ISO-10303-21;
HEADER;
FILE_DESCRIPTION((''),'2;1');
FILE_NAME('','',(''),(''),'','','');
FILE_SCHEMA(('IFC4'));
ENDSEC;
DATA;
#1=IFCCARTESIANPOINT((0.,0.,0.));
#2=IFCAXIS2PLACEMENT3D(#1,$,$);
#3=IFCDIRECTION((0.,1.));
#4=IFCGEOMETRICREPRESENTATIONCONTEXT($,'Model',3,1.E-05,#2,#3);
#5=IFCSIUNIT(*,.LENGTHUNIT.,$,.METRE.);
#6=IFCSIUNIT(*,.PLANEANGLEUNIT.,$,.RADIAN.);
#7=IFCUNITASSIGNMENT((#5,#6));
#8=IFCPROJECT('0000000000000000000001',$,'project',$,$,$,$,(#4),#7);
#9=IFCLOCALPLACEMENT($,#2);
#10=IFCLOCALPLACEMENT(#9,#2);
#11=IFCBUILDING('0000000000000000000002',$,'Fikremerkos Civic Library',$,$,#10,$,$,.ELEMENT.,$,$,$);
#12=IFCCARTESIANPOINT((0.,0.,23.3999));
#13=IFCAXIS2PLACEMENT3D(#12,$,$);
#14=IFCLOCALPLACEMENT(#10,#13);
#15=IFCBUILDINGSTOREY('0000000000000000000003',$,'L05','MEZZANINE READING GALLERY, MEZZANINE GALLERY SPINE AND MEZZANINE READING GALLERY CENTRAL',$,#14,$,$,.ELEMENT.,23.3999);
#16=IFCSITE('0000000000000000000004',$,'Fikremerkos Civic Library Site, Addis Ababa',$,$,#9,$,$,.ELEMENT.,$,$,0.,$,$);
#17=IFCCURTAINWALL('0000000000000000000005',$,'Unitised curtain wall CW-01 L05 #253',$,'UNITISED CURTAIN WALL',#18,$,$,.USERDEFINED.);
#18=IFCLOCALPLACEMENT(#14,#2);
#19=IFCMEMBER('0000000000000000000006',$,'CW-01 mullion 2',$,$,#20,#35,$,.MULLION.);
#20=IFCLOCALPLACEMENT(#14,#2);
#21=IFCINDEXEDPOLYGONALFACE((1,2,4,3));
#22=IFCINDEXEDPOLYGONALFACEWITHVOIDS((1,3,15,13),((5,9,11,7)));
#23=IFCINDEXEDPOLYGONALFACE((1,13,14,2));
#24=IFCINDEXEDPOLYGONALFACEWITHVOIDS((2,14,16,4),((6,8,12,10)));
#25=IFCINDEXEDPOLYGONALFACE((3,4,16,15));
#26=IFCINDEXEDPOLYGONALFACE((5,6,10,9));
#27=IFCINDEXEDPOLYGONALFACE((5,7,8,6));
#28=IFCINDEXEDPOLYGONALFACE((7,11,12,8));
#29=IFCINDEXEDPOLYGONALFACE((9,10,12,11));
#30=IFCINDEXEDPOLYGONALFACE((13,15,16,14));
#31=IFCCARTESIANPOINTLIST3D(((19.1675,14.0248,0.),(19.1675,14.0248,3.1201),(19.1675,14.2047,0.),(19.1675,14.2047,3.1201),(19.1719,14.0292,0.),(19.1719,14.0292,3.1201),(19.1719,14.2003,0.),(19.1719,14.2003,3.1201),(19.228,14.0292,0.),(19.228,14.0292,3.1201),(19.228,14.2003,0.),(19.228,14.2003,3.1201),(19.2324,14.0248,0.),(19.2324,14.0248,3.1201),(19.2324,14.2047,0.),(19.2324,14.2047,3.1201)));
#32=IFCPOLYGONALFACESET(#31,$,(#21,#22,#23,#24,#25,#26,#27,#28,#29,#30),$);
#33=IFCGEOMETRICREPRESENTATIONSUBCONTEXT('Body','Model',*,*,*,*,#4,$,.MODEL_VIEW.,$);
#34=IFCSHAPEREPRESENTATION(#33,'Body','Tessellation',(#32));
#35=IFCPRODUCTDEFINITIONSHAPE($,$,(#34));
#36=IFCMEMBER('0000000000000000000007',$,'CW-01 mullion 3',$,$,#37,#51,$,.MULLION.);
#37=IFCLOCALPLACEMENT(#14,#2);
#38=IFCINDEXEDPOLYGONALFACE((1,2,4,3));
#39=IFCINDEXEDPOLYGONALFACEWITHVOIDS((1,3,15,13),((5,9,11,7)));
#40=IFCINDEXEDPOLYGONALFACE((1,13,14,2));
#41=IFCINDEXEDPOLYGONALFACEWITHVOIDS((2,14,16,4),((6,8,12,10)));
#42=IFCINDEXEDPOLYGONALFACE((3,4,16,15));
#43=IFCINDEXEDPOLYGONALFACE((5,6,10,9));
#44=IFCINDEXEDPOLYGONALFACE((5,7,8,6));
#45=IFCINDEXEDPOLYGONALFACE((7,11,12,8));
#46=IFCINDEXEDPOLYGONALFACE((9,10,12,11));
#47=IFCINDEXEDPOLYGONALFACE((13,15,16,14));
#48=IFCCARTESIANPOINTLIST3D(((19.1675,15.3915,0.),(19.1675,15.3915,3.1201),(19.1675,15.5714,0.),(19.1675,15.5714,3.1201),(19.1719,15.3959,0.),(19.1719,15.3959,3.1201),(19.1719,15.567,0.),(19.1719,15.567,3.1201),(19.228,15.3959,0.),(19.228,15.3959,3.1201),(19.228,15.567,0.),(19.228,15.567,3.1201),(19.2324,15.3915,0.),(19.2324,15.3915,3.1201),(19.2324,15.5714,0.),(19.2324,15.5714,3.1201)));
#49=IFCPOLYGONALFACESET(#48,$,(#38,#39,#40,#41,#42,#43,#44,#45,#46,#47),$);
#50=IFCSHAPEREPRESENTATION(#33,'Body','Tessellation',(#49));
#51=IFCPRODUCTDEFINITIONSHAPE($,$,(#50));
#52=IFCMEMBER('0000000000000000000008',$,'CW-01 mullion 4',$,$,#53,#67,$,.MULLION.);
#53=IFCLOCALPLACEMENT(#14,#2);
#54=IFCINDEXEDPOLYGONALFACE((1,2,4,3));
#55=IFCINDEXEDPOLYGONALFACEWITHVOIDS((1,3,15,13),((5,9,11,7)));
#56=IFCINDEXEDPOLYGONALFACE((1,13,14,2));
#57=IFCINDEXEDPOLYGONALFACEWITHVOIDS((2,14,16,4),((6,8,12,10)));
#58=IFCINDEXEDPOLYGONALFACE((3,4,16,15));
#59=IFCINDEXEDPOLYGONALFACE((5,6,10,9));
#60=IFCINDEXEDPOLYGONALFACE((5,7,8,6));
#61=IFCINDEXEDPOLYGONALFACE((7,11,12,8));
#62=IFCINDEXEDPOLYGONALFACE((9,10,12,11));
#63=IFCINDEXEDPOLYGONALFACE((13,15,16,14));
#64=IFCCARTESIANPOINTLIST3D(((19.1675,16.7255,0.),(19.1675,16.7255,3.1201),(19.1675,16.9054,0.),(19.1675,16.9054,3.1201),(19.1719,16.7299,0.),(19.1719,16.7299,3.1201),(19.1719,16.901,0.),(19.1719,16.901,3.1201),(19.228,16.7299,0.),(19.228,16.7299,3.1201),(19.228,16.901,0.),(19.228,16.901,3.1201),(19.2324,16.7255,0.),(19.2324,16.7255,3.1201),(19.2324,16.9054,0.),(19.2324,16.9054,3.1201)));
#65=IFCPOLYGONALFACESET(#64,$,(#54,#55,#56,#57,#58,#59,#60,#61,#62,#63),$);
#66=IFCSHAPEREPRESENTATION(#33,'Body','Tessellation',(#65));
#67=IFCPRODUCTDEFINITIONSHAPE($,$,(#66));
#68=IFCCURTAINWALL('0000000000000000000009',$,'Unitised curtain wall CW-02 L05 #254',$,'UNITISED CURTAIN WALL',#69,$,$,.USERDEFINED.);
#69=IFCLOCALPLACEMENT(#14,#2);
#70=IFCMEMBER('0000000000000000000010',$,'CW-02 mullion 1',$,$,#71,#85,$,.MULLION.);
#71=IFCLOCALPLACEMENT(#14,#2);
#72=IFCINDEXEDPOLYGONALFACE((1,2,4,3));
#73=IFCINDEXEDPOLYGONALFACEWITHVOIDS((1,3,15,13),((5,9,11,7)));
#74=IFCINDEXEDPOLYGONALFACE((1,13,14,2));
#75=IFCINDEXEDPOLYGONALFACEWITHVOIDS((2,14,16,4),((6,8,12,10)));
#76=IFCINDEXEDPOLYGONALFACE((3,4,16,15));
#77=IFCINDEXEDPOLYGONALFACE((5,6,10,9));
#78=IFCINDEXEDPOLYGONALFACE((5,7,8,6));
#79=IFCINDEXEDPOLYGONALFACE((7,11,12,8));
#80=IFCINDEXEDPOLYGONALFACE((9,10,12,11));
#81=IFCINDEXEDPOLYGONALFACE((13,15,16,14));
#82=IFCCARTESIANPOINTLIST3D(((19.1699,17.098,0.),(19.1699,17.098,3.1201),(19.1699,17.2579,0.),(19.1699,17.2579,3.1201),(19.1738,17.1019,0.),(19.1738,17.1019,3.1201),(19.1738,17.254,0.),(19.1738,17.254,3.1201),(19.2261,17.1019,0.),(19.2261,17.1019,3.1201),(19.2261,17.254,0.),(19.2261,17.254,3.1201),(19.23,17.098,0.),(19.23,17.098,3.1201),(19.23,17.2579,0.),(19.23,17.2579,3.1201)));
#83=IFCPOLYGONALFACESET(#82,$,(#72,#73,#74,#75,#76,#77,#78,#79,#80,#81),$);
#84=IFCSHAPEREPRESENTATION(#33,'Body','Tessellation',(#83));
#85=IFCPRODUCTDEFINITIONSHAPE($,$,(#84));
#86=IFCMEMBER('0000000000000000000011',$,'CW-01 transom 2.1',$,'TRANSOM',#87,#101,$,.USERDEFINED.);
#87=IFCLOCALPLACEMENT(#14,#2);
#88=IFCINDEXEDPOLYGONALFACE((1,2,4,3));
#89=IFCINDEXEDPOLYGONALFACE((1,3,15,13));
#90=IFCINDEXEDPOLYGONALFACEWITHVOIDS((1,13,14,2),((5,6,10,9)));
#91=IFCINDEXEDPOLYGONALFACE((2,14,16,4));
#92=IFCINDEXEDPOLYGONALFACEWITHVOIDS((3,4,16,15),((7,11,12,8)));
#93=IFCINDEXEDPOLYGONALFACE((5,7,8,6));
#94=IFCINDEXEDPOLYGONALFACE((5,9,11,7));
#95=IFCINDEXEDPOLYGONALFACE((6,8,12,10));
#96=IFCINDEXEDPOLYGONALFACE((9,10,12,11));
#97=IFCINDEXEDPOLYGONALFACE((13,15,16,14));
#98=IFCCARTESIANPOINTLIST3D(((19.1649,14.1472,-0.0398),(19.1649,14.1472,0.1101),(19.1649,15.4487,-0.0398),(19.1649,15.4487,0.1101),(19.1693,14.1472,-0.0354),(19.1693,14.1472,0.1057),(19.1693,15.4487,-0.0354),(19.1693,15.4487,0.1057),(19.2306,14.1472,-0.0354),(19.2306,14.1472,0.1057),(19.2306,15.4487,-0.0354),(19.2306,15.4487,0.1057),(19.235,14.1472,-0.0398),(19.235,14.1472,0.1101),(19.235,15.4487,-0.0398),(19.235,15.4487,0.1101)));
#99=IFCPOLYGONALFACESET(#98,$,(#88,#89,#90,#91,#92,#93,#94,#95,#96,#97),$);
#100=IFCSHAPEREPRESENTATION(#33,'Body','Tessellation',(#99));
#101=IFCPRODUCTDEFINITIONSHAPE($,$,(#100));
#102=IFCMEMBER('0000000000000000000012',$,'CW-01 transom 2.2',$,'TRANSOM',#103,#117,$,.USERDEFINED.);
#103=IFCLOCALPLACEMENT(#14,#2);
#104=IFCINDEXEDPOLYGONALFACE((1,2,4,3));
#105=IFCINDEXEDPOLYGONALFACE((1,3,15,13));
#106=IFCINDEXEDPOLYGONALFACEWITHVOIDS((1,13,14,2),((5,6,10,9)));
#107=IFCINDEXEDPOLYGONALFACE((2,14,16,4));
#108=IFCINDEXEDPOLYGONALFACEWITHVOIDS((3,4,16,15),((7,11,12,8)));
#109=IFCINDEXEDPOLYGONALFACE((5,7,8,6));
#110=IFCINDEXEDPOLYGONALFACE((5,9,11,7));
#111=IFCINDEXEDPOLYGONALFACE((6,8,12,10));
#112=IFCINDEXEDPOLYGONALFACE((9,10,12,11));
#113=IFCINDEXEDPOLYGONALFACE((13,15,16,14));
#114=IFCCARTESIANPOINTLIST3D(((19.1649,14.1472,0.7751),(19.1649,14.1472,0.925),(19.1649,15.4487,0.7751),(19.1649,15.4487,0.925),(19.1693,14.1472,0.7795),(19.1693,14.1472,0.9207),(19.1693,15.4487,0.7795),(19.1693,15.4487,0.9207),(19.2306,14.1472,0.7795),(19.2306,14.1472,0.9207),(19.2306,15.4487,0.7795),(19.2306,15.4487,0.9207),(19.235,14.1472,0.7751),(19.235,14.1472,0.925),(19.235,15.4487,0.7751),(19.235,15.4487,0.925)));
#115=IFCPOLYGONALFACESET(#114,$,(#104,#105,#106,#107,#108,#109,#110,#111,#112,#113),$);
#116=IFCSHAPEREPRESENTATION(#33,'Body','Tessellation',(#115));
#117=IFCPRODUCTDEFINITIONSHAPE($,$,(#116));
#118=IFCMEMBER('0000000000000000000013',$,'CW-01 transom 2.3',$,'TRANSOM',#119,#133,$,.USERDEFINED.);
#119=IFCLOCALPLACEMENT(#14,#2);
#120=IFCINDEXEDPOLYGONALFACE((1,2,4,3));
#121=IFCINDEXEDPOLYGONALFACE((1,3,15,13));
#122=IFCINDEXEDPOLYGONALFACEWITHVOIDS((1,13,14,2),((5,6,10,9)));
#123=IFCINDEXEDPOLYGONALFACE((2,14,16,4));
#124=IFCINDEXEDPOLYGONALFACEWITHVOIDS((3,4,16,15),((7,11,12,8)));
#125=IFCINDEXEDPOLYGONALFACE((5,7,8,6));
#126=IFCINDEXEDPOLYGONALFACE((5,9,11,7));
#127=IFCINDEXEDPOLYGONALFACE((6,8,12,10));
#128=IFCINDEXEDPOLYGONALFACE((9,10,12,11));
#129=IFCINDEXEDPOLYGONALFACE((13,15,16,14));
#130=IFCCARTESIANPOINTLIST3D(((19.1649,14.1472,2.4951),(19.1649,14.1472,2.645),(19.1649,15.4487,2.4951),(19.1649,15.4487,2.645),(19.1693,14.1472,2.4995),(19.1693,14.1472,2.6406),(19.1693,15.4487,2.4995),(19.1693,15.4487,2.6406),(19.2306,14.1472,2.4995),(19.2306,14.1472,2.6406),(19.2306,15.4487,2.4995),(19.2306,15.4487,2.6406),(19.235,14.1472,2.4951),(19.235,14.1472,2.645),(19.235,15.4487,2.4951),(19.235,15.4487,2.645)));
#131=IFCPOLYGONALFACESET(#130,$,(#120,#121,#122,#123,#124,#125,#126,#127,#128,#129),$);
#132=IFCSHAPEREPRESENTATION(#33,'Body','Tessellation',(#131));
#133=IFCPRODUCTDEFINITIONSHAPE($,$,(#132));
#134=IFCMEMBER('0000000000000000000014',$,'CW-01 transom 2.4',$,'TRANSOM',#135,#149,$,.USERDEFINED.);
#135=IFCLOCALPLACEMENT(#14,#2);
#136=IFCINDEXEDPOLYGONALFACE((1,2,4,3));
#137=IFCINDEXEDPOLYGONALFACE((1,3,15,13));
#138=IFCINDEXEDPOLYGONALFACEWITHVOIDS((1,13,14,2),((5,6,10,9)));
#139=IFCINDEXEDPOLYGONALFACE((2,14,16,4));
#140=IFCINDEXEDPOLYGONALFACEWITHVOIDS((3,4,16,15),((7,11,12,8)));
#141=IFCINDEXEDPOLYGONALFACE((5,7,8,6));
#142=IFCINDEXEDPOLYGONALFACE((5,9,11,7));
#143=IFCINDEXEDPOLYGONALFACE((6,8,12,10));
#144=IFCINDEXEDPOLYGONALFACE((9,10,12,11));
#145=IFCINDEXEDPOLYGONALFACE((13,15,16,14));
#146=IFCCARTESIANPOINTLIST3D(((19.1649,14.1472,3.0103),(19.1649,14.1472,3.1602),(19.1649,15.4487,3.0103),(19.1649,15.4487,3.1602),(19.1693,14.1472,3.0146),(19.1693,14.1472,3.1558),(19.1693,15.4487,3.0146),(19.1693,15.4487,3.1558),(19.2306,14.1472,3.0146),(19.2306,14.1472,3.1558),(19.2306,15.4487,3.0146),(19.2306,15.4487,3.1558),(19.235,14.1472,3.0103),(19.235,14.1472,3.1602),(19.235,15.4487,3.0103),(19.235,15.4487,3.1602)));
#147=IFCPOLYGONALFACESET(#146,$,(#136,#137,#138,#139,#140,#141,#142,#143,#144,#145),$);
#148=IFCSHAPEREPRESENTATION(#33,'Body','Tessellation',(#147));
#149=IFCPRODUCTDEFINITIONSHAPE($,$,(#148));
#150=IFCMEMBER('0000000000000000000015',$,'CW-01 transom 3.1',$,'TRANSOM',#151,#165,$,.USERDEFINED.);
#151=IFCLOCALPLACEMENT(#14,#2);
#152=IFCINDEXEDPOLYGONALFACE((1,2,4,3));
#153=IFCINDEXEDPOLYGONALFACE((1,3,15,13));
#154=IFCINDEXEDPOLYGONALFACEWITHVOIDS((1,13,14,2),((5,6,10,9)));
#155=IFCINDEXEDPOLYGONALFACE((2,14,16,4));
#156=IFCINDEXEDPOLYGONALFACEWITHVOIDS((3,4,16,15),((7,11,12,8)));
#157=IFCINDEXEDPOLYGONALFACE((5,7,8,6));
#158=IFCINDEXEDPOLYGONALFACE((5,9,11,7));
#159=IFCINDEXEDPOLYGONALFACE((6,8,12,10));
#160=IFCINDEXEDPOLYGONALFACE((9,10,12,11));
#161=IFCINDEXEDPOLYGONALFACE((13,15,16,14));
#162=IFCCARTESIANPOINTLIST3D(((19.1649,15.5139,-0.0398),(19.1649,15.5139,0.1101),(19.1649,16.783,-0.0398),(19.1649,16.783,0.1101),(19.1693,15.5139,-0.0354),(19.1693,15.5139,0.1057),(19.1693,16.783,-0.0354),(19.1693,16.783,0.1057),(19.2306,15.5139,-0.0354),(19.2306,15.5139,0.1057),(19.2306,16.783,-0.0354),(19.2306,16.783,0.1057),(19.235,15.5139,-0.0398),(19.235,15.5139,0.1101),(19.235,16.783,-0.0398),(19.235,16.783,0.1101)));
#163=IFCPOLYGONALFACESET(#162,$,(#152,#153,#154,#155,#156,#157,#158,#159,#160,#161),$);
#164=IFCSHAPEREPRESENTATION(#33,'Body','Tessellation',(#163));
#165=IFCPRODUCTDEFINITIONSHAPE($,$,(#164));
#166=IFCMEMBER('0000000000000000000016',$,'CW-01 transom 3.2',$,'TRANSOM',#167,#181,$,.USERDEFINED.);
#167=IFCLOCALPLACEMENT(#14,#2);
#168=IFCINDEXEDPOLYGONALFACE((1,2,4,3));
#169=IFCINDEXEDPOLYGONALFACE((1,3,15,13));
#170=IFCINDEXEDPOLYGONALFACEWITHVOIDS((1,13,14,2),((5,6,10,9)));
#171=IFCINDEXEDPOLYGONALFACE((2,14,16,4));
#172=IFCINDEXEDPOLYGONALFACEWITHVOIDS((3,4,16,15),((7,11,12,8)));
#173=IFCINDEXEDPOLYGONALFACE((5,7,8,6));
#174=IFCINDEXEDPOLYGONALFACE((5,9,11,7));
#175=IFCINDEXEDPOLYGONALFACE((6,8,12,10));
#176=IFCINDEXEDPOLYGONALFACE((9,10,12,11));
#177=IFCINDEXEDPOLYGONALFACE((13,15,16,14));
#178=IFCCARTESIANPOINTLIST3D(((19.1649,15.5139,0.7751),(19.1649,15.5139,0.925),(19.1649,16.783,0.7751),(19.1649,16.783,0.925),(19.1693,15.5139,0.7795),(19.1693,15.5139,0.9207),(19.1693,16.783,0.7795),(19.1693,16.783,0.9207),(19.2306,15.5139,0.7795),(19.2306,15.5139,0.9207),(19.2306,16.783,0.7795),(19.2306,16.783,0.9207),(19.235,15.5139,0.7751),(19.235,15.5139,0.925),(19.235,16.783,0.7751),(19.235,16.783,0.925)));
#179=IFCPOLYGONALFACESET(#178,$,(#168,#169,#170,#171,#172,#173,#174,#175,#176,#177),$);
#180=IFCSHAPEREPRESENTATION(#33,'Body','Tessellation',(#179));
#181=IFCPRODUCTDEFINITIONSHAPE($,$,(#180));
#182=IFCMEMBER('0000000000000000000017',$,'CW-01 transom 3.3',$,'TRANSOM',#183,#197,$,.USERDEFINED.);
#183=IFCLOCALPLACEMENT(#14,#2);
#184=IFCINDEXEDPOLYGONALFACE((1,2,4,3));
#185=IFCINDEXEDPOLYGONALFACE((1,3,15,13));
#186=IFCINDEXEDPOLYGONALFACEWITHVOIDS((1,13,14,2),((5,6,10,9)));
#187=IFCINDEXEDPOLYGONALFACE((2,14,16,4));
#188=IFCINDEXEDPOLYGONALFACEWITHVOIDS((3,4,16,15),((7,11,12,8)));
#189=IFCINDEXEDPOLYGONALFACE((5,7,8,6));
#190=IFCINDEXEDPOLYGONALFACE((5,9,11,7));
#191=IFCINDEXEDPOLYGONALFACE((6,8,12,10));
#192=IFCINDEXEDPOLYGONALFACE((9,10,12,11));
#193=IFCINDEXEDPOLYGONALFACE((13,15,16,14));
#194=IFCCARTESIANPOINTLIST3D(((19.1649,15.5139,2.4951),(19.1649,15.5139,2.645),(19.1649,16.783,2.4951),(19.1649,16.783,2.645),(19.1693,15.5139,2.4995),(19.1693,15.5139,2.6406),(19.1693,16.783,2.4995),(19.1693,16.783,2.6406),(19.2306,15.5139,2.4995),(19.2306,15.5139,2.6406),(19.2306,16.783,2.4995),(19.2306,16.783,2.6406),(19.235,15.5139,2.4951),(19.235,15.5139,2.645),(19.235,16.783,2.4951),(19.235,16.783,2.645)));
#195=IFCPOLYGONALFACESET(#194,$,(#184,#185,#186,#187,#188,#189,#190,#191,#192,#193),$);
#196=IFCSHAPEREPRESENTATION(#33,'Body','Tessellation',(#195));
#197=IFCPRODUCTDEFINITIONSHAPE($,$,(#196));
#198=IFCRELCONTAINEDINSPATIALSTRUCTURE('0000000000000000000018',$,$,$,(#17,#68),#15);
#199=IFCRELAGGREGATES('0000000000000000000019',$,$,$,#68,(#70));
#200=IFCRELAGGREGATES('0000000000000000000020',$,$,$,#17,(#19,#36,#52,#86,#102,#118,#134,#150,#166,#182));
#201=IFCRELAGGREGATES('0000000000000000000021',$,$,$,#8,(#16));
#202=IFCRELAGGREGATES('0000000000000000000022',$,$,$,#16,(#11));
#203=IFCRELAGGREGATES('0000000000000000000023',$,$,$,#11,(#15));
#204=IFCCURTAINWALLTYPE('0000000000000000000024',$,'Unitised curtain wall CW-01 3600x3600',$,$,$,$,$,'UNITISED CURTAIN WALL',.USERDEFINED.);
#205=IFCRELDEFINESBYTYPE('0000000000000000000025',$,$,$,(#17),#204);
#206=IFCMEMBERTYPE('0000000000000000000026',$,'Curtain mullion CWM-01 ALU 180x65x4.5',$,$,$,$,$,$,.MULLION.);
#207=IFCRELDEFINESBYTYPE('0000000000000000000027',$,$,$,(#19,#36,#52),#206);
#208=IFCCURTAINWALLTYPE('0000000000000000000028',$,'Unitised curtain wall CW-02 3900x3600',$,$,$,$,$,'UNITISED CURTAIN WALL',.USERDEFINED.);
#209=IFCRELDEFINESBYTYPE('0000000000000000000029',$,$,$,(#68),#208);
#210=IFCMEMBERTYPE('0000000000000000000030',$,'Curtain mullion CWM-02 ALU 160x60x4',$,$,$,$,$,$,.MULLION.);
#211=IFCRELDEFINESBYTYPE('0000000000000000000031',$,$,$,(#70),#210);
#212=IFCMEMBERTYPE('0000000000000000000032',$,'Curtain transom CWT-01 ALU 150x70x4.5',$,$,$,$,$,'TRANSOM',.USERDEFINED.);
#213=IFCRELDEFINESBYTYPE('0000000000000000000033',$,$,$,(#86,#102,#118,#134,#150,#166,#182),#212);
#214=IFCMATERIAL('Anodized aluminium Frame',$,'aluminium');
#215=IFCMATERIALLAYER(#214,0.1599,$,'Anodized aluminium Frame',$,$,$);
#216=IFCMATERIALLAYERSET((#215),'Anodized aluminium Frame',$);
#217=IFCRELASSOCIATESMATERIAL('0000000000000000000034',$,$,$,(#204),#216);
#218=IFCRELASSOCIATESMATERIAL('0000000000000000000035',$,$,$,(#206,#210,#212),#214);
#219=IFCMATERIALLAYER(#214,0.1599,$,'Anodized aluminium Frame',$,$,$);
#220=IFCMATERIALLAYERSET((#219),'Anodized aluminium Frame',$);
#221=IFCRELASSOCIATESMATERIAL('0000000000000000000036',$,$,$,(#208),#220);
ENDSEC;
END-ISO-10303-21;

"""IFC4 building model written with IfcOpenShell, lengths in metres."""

from ifc_helpers import new_model, si_unit, direction, frame, origin, origin_2d, place, context, subcontext, project, spatial, hollow_rectangle, extrude, material, layer, layer_set, material_profile, profile_set, type_object, element, aggregate, save


model = new_model("IFC4")

# Units and contexts
model_context = context("Model", 3, precision=1e-05, world=origin(), true_north=direction((0.0, 1.0)))
body_context = subcontext(model_context, "Body", "Model", "MODEL_VIEW")
ifc_project = project(units=[si_unit("LENGTHUNIT", "METRE"), si_unit("PLANEANGLEUNIT", "RADIAN")], contexts=[model_context])

# Site, building, storey
site_placement = place(None, origin())
site = spatial("IfcSite", under=ifc_project, at=site_placement, Name="Fikremerkos Civic Library Site, Addis Ababa", CompositionType="ELEMENT", RefElevation=0.0)
building_placement = place(site_placement, origin())
building = spatial("IfcBuilding", under=site, at=building_placement, Name="Fikremerkos Civic Library", CompositionType="ELEMENT")
storey_placement = place(building_placement, frame((0.0, 0.0, 23.3999)))
storey = spatial("IfcBuildingStorey", under=building, at=storey_placement, Name="L05", Description="MEZZANINE READING GALLERY, MEZZANINE GALLERY SPINE AND MEZZANINE READING GALLERY CENTRAL", CompositionType="ELEMENT", Elevation=23.3999)

# Curtain wall, members
ifc_material_1 = material(Name="Anodized aluminium Frame", Category="aluminium")
ifc_layer_1 = layer(ifc_material_1, 0.1599, Name="Anodized aluminium Frame")
ifc_layer_set_1 = layer_set([ifc_layer_1], Name="Anodized aluminium Frame")
curtain_wall_type_1 = type_object("IfcCurtainWallType", Name="Unitised curtain wall CW-01 3600x3600", ElementType="UNITISED CURTAIN WALL", PredefinedType="USERDEFINED", material=ifc_layer_set_1)
curtain_wall_1_placement = place(storey_placement, origin())
curtain_wall_1 = element("IfcCurtainWall", 1, at=curtain_wall_1_placement, inside=storey, type_object=curtain_wall_type_1, Name="Unitised curtain wall CW-01 L05 #253", ObjectType="UNITISED CURTAIN WALL", PredefinedType="USERDEFINED")
ifc_material_profile_1 = material_profile(ifc_material_1, hollow_rectangle(XDim=0.0649, YDim=0.1799, WallThickness=0.0044, at=origin_2d()), Name="ALU 180x65x4.5")
ifc_profile_set_1 = profile_set([ifc_material_profile_1], Name="Anodized aluminium Frame")
member_type_1 = type_object("IfcMemberType", Name="Curtain mullion CWM-01 ALU 180x65x4.5", PredefinedType="MULLION", material=ifc_profile_set_1)
member_1_placement = place(storey_placement, frame((19.2, 14.1147, 0.0), z_axis=(0.0, 0.0, 1.0), x_axis=(-1.0, 0.0, 0.0)))
member_1 = element("IfcMember", 2, at=member_1_placement, type_object=member_type_1, Name="CW-01 mullion 2", PredefinedType="MULLION", context=body_context, shape_type="SweptSolid", body=[
    extrude(hollow_rectangle(XDim=0.0649, YDim=0.1799, WallThickness=0.0044, at=origin_2d()), origin(), (0.0, 0.0, 1.0), 3.1201),
])
member_2_placement = place(storey_placement, frame((19.2, 15.4814, 0.0), z_axis=(0.0, 0.0, 1.0), x_axis=(-1.0, 0.0, 0.0)))
member_2 = element("IfcMember", 3, at=member_2_placement, type_object=member_type_1, Name="CW-01 mullion 3", PredefinedType="MULLION", context=body_context, shape_type="SweptSolid", body=[
    extrude(hollow_rectangle(XDim=0.0649, YDim=0.1799, WallThickness=0.0044, at=origin_2d()), origin(), (0.0, 0.0, 1.0), 3.1201),
])
member_3_placement = place(storey_placement, frame((19.2, 16.8154, 0.0), z_axis=(0.0, 0.0, 1.0), x_axis=(-1.0, 0.0, 0.0)))
member_3 = element("IfcMember", 4, at=member_3_placement, type_object=member_type_1, Name="CW-01 mullion 4", PredefinedType="MULLION", context=body_context, shape_type="SweptSolid", body=[
    extrude(hollow_rectangle(XDim=0.0649, YDim=0.1799, WallThickness=0.0044, at=origin_2d()), origin(), (0.0, 0.0, 1.0), 3.1201),
])

# Curtain wall, member
ifc_layer_2 = layer(ifc_material_1, 0.1599, Name="Anodized aluminium Frame")
ifc_layer_set_2 = layer_set([ifc_layer_2], Name="Anodized aluminium Frame")
curtain_wall_type_2 = type_object("IfcCurtainWallType", Name="Unitised curtain wall CW-02 3900x3600", ElementType="UNITISED CURTAIN WALL", PredefinedType="USERDEFINED", material=ifc_layer_set_2)
curtain_wall_2_placement = place(storey_placement, origin())
curtain_wall_2 = element("IfcCurtainWall", 5, at=curtain_wall_2_placement, inside=storey, type_object=curtain_wall_type_2, Name="Unitised curtain wall CW-02 L05 #254", ObjectType="UNITISED CURTAIN WALL", PredefinedType="USERDEFINED")
ifc_material_profile_2 = material_profile(ifc_material_1, hollow_rectangle(XDim=0.0601, YDim=0.1599, WallThickness=0.0039, at=origin_2d()), Name="ALU 160x60x4")
ifc_profile_set_2 = profile_set([ifc_material_profile_2], Name="Anodized aluminium Frame")
member_type_2 = type_object("IfcMemberType", Name="Curtain mullion CWM-02 ALU 160x60x4", PredefinedType="MULLION", material=ifc_profile_set_2)
member_4_placement = place(storey_placement, frame((19.2, 17.178, 0.0), z_axis=(0.0, 0.0, 1.0), x_axis=(-1.0, 0.0, 0.0)))
member_4 = element("IfcMember", 6, at=member_4_placement, type_object=member_type_2, Name="CW-02 mullion 1", PredefinedType="MULLION", context=body_context, shape_type="SweptSolid", body=[
    extrude(hollow_rectangle(XDim=0.0601, YDim=0.1599, WallThickness=0.0039, at=origin_2d()), origin(), (0.0, 0.0, 1.0), 3.1201),
])

# Members
ifc_material_profile_3 = material_profile(ifc_material_1, hollow_rectangle(XDim=0.0701, YDim=0.1499, WallThickness=0.0044, at=origin_2d()), Name="ALU 150x70x4.5")
ifc_profile_set_3 = profile_set([ifc_material_profile_3], Name="Anodized aluminium Frame")
member_type_3 = type_object("IfcMemberType", Name="Curtain transom CWT-01 ALU 150x70x4.5", ElementType="TRANSOM", PredefinedType="USERDEFINED", material=ifc_profile_set_3)
member_5_placement = place(storey_placement, frame((19.2, 14.1472, 0.0352), z_axis=(0.0, 1.0, 0.0), x_axis=(-1.0, 0.0, 0.0)))
member_5 = element("IfcMember", 7, at=member_5_placement, type_object=member_type_3, Name="CW-01 transom 2.1", ObjectType="TRANSOM", PredefinedType="USERDEFINED", context=body_context, shape_type="SweptSolid", body=[
    extrude(hollow_rectangle(XDim=0.0701, YDim=0.1499, WallThickness=0.0044, at=origin_2d()), origin(), (0.0, 0.0, 1.0), 1.3015),
])
member_6_placement = place(storey_placement, frame((19.2, 14.1472, 0.8501), z_axis=(0.0, 1.0, 0.0), x_axis=(-1.0, 0.0, 0.0)))
member_6 = element("IfcMember", 8, at=member_6_placement, type_object=member_type_3, Name="CW-01 transom 2.2", ObjectType="TRANSOM", PredefinedType="USERDEFINED", context=body_context, shape_type="SweptSolid", body=[
    extrude(hollow_rectangle(XDim=0.0701, YDim=0.1499, WallThickness=0.0044, at=origin_2d()), origin(), (0.0, 0.0, 1.0), 1.3015),
])
member_7_placement = place(storey_placement, frame((19.2, 14.1472, 2.5701), z_axis=(0.0, 1.0, 0.0), x_axis=(-1.0, 0.0, 0.0)))
member_7 = element("IfcMember", 9, at=member_7_placement, type_object=member_type_3, Name="CW-01 transom 2.3", ObjectType="TRANSOM", PredefinedType="USERDEFINED", context=body_context, shape_type="SweptSolid", body=[
    extrude(hollow_rectangle(XDim=0.0701, YDim=0.1499, WallThickness=0.0044, at=origin_2d()), origin(), (0.0, 0.0, 1.0), 1.3015),
])
member_8_placement = place(storey_placement, frame((19.2, 14.1472, 3.0852), z_axis=(0.0, 1.0, 0.0), x_axis=(-1.0, 0.0, 0.0)))
member_8 = element("IfcMember", 10, at=member_8_placement, type_object=member_type_3, Name="CW-01 transom 2.4", ObjectType="TRANSOM", PredefinedType="USERDEFINED", context=body_context, shape_type="SweptSolid", body=[
    extrude(hollow_rectangle(XDim=0.0701, YDim=0.1499, WallThickness=0.0044, at=origin_2d()), origin(), (0.0, 0.0, 1.0), 1.3015),
])
member_9_placement = place(storey_placement, frame((19.2, 15.5139, 0.0352), z_axis=(0.0, 1.0, 0.0), x_axis=(-1.0, 0.0, 0.0)))
member_9 = element("IfcMember", 11, at=member_9_placement, type_object=member_type_3, Name="CW-01 transom 3.1", ObjectType="TRANSOM", PredefinedType="USERDEFINED", context=body_context, shape_type="SweptSolid", body=[
    extrude(hollow_rectangle(XDim=0.0701, YDim=0.1499, WallThickness=0.0044, at=origin_2d()), origin(), (0.0, 0.0, 1.0), 1.269),
])
member_10_placement = place(storey_placement, frame((19.2, 15.5139, 0.8501), z_axis=(0.0, 1.0, 0.0), x_axis=(-1.0, 0.0, 0.0)))
member_10 = element("IfcMember", 12, at=member_10_placement, type_object=member_type_3, Name="CW-01 transom 3.2", ObjectType="TRANSOM", PredefinedType="USERDEFINED", context=body_context, shape_type="SweptSolid", body=[
    extrude(hollow_rectangle(XDim=0.0701, YDim=0.1499, WallThickness=0.0044, at=origin_2d()), origin(), (0.0, 0.0, 1.0), 1.269),
])
member_11_placement = place(storey_placement, frame((19.2, 15.5139, 2.5701), z_axis=(0.0, 1.0, 0.0), x_axis=(-1.0, 0.0, 0.0)))
member_11 = element("IfcMember", 13, at=member_11_placement, type_object=member_type_3, Name="CW-01 transom 3.3", ObjectType="TRANSOM", PredefinedType="USERDEFINED", context=body_context, shape_type="SweptSolid", body=[
    extrude(hollow_rectangle(XDim=0.0701, YDim=0.1499, WallThickness=0.0044, at=origin_2d()), origin(), (0.0, 0.0, 1.0), 1.269),
])
aggregate(curtain_wall_2, [member_4])

aggregate(curtain_wall_1, [member_1, member_2, member_3, member_5, member_6, member_7, member_8, member_9, member_10, member_11])

save(model, "model.ifc")
